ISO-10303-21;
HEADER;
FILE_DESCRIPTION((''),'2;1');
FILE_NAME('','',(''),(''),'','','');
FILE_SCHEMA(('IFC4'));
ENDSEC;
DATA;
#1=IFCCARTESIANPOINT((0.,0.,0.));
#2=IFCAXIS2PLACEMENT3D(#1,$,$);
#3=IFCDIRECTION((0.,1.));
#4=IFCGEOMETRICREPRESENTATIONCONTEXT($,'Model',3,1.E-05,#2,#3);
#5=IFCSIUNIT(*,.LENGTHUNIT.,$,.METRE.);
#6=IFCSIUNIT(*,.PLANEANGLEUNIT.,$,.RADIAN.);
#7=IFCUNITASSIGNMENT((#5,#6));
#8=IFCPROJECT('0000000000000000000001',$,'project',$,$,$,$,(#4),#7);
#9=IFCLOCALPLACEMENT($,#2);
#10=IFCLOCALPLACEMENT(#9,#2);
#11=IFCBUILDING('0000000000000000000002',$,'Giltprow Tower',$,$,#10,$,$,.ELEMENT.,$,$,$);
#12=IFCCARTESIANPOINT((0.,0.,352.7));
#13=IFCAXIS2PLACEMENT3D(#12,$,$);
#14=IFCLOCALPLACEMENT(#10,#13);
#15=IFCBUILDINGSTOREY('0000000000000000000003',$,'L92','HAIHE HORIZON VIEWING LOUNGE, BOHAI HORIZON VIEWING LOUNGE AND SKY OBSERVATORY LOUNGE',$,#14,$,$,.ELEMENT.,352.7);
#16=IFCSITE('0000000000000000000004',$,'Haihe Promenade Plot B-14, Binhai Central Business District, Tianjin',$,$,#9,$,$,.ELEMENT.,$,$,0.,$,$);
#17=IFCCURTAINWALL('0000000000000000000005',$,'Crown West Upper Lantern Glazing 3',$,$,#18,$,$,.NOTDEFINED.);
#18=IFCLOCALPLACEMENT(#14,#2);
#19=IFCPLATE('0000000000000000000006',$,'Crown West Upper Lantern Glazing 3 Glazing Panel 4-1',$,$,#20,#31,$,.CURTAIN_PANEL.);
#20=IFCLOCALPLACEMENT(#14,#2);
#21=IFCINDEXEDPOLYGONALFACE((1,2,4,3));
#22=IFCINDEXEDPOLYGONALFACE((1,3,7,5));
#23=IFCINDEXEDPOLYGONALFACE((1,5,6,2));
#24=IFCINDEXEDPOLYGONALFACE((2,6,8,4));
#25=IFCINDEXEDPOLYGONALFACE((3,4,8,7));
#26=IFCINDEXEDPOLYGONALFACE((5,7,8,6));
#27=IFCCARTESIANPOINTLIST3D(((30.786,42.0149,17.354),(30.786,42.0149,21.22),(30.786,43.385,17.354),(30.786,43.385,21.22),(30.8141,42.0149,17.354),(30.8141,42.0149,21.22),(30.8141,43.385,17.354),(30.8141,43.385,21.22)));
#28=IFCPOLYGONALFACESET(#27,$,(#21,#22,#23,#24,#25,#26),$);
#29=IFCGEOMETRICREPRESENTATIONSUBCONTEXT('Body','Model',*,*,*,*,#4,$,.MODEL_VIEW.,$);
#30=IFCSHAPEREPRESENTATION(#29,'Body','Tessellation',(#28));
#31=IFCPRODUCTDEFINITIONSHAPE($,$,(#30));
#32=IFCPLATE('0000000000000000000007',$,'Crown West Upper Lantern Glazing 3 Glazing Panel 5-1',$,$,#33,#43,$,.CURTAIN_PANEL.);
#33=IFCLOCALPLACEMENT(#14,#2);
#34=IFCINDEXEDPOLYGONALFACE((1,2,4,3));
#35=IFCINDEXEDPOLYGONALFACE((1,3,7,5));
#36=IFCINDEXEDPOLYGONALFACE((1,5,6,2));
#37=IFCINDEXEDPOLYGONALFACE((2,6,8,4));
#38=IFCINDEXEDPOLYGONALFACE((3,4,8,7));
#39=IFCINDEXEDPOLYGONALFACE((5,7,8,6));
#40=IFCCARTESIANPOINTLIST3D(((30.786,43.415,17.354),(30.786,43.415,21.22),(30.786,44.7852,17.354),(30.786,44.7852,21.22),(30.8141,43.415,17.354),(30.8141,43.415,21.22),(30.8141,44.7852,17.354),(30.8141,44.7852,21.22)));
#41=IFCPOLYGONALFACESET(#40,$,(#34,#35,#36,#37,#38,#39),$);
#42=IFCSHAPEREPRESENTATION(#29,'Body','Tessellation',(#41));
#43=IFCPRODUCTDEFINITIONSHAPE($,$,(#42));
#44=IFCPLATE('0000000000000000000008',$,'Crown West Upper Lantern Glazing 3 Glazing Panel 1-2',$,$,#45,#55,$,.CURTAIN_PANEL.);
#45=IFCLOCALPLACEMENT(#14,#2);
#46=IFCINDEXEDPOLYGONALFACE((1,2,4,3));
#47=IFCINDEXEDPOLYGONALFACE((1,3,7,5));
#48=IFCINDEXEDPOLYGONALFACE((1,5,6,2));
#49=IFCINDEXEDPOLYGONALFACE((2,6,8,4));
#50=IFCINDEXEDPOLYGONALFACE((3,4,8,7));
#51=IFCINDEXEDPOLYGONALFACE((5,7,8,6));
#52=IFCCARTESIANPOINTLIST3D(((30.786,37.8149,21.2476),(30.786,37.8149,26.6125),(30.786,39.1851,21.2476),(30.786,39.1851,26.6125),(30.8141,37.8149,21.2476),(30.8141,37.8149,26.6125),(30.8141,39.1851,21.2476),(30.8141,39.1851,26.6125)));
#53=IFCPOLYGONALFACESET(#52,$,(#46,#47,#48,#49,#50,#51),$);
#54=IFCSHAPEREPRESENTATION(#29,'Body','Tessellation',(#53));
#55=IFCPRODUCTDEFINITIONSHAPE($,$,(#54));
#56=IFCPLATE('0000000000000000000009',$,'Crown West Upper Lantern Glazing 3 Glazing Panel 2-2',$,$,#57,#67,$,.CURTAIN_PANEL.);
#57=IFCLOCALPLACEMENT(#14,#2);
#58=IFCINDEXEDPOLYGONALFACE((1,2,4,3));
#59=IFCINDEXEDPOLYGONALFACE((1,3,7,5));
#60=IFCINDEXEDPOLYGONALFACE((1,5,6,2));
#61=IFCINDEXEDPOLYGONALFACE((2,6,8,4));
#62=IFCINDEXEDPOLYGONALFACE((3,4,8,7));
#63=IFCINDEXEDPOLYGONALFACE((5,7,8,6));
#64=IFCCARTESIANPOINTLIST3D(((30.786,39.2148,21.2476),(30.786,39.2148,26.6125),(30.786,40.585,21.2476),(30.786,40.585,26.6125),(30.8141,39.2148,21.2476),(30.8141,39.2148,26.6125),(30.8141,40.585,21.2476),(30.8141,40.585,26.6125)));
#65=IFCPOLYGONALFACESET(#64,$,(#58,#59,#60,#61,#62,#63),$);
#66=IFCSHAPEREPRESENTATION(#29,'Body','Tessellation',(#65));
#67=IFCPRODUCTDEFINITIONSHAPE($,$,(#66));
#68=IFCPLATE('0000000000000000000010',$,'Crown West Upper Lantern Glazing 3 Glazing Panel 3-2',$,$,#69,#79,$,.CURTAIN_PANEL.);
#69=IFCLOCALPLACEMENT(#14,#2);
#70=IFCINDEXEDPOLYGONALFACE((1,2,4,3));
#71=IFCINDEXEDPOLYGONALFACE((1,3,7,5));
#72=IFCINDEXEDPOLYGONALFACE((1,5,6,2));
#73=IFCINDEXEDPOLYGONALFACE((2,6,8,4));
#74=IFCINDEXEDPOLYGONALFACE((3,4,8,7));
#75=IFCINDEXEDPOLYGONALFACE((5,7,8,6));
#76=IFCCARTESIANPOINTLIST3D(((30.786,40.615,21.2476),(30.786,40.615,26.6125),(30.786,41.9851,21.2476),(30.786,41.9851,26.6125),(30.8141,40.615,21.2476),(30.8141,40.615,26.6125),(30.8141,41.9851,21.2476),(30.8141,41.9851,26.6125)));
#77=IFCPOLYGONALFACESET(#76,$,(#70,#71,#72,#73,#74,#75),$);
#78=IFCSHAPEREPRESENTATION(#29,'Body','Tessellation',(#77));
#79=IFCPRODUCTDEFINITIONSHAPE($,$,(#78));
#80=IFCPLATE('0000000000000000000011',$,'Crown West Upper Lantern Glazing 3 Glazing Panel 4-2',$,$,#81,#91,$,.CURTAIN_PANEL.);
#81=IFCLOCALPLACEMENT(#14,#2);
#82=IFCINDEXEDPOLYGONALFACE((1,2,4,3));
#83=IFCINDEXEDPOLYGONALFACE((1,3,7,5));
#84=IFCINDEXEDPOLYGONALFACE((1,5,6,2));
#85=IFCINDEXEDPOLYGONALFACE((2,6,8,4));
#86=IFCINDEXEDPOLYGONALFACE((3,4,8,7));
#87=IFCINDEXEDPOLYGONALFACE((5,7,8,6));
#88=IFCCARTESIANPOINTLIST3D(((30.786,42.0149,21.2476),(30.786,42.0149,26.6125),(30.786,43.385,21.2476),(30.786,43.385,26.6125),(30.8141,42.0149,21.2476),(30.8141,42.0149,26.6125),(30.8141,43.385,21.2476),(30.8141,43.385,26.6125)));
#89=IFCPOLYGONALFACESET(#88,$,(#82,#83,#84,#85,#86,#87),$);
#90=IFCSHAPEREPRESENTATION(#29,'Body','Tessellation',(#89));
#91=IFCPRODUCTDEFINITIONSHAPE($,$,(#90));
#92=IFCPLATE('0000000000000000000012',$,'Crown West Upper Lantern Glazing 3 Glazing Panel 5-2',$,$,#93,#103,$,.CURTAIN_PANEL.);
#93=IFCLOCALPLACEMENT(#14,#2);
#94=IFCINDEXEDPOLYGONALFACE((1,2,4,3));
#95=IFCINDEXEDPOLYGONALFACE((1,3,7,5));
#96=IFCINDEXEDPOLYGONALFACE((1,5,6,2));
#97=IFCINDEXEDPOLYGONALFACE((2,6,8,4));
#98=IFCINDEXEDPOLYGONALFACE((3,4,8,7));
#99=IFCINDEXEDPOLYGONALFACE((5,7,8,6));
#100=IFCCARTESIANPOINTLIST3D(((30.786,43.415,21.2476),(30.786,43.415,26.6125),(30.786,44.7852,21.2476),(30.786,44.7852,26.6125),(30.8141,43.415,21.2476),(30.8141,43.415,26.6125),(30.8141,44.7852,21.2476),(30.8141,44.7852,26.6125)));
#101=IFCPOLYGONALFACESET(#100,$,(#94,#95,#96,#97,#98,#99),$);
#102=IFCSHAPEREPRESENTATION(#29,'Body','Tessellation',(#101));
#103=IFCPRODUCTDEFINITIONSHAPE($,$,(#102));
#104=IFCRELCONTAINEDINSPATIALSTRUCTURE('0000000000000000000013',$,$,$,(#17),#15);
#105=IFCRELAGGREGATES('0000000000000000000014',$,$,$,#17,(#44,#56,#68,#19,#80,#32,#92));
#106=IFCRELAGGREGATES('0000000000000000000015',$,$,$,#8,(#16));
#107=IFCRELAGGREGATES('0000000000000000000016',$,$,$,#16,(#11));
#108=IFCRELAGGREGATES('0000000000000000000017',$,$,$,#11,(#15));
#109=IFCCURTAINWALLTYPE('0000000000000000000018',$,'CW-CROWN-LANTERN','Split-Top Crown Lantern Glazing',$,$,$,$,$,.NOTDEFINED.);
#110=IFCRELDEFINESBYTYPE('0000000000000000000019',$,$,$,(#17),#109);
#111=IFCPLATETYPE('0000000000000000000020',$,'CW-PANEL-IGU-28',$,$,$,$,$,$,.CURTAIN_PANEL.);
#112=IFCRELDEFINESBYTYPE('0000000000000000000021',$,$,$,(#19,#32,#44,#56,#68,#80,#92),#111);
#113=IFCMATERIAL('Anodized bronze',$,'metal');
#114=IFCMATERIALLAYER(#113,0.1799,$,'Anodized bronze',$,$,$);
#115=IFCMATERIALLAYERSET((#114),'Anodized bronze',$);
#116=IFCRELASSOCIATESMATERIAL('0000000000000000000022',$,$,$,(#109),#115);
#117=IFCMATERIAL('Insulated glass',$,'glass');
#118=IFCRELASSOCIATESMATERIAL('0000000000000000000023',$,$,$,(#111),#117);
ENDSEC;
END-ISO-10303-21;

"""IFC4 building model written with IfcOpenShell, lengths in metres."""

from ifc_helpers import new_model, si_unit, direction, frame, origin, origin_2d, place, context, subcontext, project, spatial, rectangle, extrude, source, transform, mapped, material, layer, layer_set, type_object, element, aggregate, save


model = new_model("IFC4")

# Units and contexts
model_context = context("Model", 3, precision=1e-05, world=origin(), true_north=direction((0.0, 1.0)))
body_context = subcontext(model_context, "Body", "Model", "MODEL_VIEW")
ifc_project = project(units=[si_unit("LENGTHUNIT", "METRE"), si_unit("PLANEANGLEUNIT", "RADIAN")], contexts=[model_context])

# Site, building, storey
site_placement = place(None, origin())
site = spatial("IfcSite", under=ifc_project, at=site_placement, Name="Haihe Promenade Plot B-14, Binhai Central Business District, Tianjin", CompositionType="ELEMENT", RefElevation=0.0)
building_placement = place(site_placement, origin())
building = spatial("IfcBuilding", under=site, at=building_placement, Name="Giltprow Tower", CompositionType="ELEMENT")
storey_placement = place(building_placement, frame((0.0, 0.0, 352.7)))
storey = spatial("IfcBuildingStorey", under=building, at=storey_placement, Name="L92", Description="HAIHE HORIZON VIEWING LOUNGE, BOHAI HORIZON VIEWING LOUNGE AND SKY OBSERVATORY LOUNGE", CompositionType="ELEMENT", Elevation=352.7)

# Curtain wall
ifc_material_1 = material(Name="Anodized bronze", Category="metal")
ifc_layer = layer(ifc_material_1, 0.1799, Name="Anodized bronze")
ifc_layer_set = layer_set([ifc_layer], Name="Anodized bronze")
curtain_wall_type = type_object("IfcCurtainWallType", Name="CW-CROWN-LANTERN", Description="Split-Top Crown Lantern Glazing", PredefinedType="NOTDEFINED", material=ifc_layer_set)
curtain_wall_1_placement = place(storey_placement, origin())
curtain_wall_1 = element("IfcCurtainWall", 1, at=curtain_wall_1_placement, inside=storey, type_object=curtain_wall_type, Name="Crown West Upper Lantern Glazing 3", PredefinedType="NOTDEFINED")

# Shared definitions
ifc_material_2 = material(Name="Insulated glass", Category="glass")
plate_type_1 = type_object("IfcPlateType", Name="CW-PANEL-IGU-28", PredefinedType="CURTAIN_PANEL", material=ifc_material_2)

# Plates
shared_shape_1 = source(origin(), body_context, "Body", "SweptSolid", [
    extrude(rectangle(XDim=1.3701, YDim=0.0281, at=origin_2d()), origin(), (0.0, 0.0, 1.0), 3.866),
])
plate_1_placement = place(storey_placement, frame((30.8, 42.7, 17.354), z_axis=(0.0, 0.0, 1.0), x_axis=(0.0, 1.0, 0.0)))
plate_1 = element("IfcPlate", 2, at=plate_1_placement, type_object=plate_type_1, Name="Crown West Upper Lantern Glazing 3 Glazing Panel 4-1", PredefinedType="CURTAIN_PANEL", context=body_context, shape_type="MappedRepresentation", body=[
    mapped(shared_shape_1, transform((0.0, 0.0, 0.0), x_axis=(1.0, 0.0, 0.0), y_axis=(0.0, 1.0, 0.0), z_axis=(0.0, 0.0, 1.0), scale=1.0)),
])
plate_2_placement = place(storey_placement, frame((30.8, 44.1001, 17.354), z_axis=(0.0, 0.0, 1.0), x_axis=(0.0, 1.0, 0.0)))
plate_2 = element("IfcPlate", 3, at=plate_2_placement, type_object=plate_type_1, Name="Crown West Upper Lantern Glazing 3 Glazing Panel 5-1", PredefinedType="CURTAIN_PANEL", context=body_context, shape_type="MappedRepresentation", body=[
    mapped(shared_shape_1, transform((0.0, 0.0, 0.0), x_axis=(1.0, 0.0, 0.0), y_axis=(0.0, 1.0, 0.0), z_axis=(0.0, 0.0, 1.0), scale=1.0)),
])
shared_shape_2 = source(origin(), body_context, "Body", "SweptSolid", [
    extrude(rectangle(XDim=1.3701, YDim=0.0281, at=origin_2d()), origin(), (0.0, 0.0, 1.0), 5.365),
])
plate_3_placement = place(storey_placement, frame((30.8, 38.5, 21.2476), z_axis=(0.0, 0.0, 1.0), x_axis=(0.0, 1.0, 0.0)))
plate_3 = element("IfcPlate", 4, at=plate_3_placement, type_object=plate_type_1, Name="Crown West Upper Lantern Glazing 3 Glazing Panel 1-2", PredefinedType="CURTAIN_PANEL", context=body_context, shape_type="MappedRepresentation", body=[
    mapped(shared_shape_2, transform((0.0, 0.0, 0.0), x_axis=(1.0, 0.0, 0.0), y_axis=(0.0, 1.0, 0.0), z_axis=(0.0, 0.0, 1.0), scale=1.0)),
])
plate_4_placement = place(storey_placement, frame((30.8, 39.8999, 21.2476), z_axis=(0.0, 0.0, 1.0), x_axis=(0.0, 1.0, 0.0)))
plate_4 = element("IfcPlate", 5, at=plate_4_placement, type_object=plate_type_1, Name="Crown West Upper Lantern Glazing 3 Glazing Panel 2-2", PredefinedType="CURTAIN_PANEL", context=body_context, shape_type="MappedRepresentation", body=[
    mapped(shared_shape_2, transform((0.0, 0.0, 0.0), x_axis=(1.0, 0.0, 0.0), y_axis=(0.0, 1.0, 0.0), z_axis=(0.0, 0.0, 1.0), scale=1.0)),
])
plate_5_placement = place(storey_placement, frame((30.8, 41.3, 21.2476), z_axis=(0.0, 0.0, 1.0), x_axis=(0.0, 1.0, 0.0)))
plate_5 = element("IfcPlate", 6, at=plate_5_placement, type_object=plate_type_1, Name="Crown West Upper Lantern Glazing 3 Glazing Panel 3-2", PredefinedType="CURTAIN_PANEL", context=body_context, shape_type="MappedRepresentation", body=[
    mapped(shared_shape_2, transform((0.0, 0.0, 0.0), x_axis=(1.0, 0.0, 0.0), y_axis=(0.0, 1.0, 0.0), z_axis=(0.0, 0.0, 1.0), scale=1.0)),
])
plate_6_placement = place(storey_placement, frame((30.8, 42.7, 21.2476), z_axis=(0.0, 0.0, 1.0), x_axis=(0.0, 1.0, 0.0)))
plate_6 = element("IfcPlate", 7, at=plate_6_placement, type_object=plate_type_1, Name="Crown West Upper Lantern Glazing 3 Glazing Panel 4-2", PredefinedType="CURTAIN_PANEL", context=body_context, shape_type="MappedRepresentation", body=[
    mapped(shared_shape_2, transform((0.0, 0.0, 0.0), x_axis=(1.0, 0.0, 0.0), y_axis=(0.0, 1.0, 0.0), z_axis=(0.0, 0.0, 1.0), scale=1.0)),
])
plate_7_placement = place(storey_placement, frame((30.8, 44.1001, 21.2476), z_axis=(0.0, 0.0, 1.0), x_axis=(0.0, 1.0, 0.0)))
plate_7 = element("IfcPlate", 8, at=plate_7_placement, type_object=plate_type_1, Name="Crown West Upper Lantern Glazing 3 Glazing Panel 5-2", PredefinedType="CURTAIN_PANEL", context=body_context, shape_type="MappedRepresentation", body=[
    mapped(shared_shape_2, transform((0.0, 0.0, 0.0), x_axis=(1.0, 0.0, 0.0), y_axis=(0.0, 1.0, 0.0), z_axis=(0.0, 0.0, 1.0), scale=1.0)),
])
aggregate(curtain_wall_1, [plate_3, plate_4, plate_5, plate_1, plate_6, plate_2, plate_7])

save(model, "model.ifc")
